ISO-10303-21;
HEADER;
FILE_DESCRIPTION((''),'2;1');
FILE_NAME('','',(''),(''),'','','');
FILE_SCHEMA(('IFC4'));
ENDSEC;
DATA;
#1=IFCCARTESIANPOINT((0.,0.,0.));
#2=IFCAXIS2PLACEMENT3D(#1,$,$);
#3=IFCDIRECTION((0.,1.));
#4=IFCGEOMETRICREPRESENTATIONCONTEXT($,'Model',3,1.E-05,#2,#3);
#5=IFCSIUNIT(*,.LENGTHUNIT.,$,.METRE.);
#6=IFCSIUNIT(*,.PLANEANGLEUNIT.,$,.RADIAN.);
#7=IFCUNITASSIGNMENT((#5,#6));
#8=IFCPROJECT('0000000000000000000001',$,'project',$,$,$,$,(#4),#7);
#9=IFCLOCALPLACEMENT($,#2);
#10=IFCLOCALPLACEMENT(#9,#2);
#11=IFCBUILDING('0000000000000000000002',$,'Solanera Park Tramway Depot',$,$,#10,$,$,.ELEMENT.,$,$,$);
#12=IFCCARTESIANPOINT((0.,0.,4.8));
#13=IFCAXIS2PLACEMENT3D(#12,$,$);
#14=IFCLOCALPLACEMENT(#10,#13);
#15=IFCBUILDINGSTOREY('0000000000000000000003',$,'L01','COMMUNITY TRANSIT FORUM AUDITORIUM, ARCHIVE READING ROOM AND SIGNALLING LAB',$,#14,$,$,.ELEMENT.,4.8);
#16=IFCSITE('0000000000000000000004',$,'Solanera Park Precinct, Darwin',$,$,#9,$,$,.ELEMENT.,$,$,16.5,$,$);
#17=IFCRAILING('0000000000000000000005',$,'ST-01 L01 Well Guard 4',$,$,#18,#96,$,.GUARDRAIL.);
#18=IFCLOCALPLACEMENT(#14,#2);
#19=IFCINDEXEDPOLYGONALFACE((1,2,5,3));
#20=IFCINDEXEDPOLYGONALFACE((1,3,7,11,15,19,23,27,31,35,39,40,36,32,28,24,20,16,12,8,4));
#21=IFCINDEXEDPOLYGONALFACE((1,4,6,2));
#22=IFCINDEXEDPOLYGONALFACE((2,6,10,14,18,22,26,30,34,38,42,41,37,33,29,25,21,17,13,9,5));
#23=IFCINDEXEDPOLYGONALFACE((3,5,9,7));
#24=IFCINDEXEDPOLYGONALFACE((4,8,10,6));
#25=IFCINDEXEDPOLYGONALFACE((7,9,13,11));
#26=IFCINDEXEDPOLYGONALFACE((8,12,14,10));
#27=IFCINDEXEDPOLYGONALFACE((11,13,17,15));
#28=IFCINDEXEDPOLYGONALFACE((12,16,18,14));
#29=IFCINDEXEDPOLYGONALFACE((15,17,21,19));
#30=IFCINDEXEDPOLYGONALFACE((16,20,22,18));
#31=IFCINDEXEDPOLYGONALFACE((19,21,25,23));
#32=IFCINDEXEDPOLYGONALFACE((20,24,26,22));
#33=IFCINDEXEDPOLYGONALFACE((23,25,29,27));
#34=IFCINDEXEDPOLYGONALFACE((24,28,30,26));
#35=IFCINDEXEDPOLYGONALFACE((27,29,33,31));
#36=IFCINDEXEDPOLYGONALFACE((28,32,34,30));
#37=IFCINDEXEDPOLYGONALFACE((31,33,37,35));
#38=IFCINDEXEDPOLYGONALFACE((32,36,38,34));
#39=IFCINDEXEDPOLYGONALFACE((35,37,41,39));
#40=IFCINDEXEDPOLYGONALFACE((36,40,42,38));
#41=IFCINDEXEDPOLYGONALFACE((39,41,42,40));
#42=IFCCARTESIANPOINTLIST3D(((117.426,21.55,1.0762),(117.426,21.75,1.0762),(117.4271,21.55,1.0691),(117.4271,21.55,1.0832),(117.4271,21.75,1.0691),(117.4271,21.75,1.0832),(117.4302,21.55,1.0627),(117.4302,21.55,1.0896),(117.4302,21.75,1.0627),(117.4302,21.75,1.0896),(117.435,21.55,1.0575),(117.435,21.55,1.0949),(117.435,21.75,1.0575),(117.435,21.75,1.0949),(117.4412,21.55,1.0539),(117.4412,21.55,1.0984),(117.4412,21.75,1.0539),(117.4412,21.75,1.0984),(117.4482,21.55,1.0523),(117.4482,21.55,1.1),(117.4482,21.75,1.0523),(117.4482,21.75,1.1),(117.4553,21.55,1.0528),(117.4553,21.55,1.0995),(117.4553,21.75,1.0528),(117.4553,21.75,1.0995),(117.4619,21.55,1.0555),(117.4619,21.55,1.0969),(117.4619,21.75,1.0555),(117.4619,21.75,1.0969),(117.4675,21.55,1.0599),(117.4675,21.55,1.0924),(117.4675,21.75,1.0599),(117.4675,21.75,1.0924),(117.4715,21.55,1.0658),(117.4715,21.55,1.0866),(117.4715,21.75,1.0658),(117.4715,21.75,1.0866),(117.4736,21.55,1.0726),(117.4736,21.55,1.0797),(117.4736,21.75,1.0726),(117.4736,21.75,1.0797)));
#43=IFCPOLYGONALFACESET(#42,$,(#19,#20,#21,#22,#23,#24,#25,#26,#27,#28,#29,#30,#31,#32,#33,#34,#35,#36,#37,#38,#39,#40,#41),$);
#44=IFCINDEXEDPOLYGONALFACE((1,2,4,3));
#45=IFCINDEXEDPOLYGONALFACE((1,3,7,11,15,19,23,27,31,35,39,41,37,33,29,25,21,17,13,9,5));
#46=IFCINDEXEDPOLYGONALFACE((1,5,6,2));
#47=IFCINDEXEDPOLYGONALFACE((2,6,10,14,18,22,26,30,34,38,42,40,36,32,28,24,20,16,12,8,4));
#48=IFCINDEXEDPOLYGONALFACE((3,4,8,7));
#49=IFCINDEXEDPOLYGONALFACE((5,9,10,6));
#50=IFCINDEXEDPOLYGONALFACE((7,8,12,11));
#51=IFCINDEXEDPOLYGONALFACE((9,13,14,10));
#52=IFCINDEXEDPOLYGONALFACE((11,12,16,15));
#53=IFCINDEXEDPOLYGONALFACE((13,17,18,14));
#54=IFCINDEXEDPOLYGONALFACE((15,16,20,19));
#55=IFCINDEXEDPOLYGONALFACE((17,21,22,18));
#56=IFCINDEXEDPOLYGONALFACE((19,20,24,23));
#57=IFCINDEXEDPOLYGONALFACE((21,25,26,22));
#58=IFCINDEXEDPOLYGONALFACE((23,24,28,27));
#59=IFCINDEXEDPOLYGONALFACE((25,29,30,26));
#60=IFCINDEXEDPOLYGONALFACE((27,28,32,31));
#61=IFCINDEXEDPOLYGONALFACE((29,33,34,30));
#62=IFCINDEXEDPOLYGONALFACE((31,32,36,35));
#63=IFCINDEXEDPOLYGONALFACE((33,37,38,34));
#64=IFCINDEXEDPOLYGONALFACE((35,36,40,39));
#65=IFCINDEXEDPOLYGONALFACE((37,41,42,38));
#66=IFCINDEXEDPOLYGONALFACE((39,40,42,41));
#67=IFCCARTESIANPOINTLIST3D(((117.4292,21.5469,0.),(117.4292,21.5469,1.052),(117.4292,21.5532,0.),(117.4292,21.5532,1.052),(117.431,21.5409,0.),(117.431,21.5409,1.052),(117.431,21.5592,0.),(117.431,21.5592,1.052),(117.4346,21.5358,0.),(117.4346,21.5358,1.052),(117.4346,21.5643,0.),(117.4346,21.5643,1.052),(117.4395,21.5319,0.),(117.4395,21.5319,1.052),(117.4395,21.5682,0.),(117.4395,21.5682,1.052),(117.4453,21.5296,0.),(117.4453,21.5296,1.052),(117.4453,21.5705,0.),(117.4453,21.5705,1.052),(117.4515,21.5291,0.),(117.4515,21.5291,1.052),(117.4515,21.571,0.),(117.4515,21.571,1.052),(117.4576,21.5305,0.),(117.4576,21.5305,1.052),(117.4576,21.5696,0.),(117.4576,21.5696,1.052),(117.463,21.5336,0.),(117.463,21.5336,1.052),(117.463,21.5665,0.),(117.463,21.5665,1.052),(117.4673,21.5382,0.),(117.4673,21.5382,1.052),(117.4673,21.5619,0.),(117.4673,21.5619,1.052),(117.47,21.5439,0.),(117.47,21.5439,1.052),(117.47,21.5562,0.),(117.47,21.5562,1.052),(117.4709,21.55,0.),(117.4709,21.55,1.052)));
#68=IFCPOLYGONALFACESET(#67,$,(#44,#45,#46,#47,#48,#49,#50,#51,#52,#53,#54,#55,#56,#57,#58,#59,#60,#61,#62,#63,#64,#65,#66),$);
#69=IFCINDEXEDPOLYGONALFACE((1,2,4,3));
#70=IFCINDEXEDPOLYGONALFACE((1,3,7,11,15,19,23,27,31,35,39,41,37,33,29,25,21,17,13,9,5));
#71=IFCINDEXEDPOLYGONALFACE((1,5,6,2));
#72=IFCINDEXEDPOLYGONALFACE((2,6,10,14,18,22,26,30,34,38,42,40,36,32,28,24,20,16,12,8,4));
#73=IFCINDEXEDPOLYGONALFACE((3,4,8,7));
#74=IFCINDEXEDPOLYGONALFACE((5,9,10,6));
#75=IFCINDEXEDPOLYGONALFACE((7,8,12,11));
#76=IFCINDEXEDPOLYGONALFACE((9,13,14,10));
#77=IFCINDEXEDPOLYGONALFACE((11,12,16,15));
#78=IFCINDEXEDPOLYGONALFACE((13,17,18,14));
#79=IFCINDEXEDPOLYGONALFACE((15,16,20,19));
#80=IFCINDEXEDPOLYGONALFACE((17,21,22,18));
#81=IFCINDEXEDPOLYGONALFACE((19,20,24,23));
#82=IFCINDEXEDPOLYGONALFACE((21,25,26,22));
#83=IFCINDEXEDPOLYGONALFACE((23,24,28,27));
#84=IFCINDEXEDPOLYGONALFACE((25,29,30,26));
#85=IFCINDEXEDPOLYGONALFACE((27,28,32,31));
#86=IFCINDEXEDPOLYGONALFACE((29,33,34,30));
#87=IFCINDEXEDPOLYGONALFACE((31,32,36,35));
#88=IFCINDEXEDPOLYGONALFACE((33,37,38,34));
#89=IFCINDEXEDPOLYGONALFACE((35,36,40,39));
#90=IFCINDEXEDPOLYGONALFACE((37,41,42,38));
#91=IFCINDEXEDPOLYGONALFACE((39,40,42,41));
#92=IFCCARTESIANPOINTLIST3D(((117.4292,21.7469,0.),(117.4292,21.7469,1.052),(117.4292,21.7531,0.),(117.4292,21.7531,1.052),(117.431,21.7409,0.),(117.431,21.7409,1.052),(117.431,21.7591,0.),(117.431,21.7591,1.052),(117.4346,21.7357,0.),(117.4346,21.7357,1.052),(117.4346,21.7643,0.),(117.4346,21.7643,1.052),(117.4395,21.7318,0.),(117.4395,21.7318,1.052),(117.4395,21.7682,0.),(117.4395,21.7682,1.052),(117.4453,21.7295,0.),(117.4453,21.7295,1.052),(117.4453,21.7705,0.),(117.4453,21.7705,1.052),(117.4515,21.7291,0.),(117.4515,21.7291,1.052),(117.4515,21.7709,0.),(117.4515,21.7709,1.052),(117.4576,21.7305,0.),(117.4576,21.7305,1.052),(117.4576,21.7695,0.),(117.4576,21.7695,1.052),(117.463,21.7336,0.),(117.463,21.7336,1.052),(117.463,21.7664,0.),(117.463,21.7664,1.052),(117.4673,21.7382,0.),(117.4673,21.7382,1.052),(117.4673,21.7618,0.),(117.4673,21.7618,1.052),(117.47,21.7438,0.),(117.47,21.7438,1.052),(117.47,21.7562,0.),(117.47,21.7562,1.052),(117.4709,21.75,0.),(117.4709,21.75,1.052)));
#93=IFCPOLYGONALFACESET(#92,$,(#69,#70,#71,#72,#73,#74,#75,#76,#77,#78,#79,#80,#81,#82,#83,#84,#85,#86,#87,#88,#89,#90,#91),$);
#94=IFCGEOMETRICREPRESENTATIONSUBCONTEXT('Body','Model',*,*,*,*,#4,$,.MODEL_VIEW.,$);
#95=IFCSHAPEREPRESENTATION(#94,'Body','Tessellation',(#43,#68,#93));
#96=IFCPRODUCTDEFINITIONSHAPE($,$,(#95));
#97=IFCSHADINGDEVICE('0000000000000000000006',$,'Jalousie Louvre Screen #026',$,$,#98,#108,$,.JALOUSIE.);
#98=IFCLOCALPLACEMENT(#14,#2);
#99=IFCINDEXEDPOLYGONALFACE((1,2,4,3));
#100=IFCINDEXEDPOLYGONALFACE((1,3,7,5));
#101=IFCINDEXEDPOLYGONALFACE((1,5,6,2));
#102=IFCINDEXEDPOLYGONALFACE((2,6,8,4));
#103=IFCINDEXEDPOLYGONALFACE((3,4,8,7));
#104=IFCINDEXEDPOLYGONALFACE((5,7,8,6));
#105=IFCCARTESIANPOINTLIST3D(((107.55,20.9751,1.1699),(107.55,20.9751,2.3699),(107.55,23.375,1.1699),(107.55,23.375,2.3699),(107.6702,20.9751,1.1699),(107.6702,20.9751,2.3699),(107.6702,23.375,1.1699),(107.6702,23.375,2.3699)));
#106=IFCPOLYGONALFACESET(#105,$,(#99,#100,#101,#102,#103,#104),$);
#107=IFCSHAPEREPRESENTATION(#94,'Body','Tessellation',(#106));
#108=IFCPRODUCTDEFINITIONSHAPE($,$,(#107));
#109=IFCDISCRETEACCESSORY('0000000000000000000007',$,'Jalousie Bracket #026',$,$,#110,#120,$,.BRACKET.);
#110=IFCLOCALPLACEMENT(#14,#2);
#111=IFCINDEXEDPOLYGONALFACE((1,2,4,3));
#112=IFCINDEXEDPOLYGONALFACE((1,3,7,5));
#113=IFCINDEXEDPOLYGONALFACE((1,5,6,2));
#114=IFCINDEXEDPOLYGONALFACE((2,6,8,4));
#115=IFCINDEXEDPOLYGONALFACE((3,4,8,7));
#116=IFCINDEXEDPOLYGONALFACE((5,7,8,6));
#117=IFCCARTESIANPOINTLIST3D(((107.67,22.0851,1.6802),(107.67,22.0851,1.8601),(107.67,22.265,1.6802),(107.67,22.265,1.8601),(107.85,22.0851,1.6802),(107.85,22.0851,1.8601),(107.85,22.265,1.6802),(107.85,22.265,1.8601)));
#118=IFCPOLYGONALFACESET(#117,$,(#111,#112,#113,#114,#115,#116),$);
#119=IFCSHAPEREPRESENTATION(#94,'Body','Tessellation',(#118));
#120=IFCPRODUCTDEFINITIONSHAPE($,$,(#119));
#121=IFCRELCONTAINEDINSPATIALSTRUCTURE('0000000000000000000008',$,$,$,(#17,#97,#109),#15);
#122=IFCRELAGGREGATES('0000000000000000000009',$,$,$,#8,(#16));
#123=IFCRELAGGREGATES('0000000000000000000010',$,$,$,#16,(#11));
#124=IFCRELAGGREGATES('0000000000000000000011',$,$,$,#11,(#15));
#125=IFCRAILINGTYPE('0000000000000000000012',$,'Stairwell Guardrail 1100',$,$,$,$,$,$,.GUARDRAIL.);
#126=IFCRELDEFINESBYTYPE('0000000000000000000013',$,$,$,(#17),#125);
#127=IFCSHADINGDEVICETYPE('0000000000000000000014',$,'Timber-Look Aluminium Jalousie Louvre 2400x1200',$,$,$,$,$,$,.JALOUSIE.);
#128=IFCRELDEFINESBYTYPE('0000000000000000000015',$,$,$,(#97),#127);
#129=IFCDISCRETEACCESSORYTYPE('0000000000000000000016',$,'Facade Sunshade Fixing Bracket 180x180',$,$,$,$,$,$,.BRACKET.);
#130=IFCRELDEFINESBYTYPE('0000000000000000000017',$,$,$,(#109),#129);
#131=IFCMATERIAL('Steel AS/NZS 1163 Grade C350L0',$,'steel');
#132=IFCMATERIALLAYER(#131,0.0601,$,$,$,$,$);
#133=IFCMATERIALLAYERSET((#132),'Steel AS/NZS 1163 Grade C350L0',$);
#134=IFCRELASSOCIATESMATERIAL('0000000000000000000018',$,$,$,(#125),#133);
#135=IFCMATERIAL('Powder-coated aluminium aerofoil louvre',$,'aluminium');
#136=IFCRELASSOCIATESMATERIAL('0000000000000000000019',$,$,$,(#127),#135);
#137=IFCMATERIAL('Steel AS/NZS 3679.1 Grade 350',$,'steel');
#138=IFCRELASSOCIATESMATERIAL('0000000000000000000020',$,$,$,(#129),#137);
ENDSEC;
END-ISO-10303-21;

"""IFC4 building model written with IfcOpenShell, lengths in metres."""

from ifc_helpers import new_model, si_unit, direction, frame, origin, origin_2d, place, context, subcontext, project, spatial, rectangle, circle, extrude, material, layer, layer_set, type_object, element, save


model = new_model("IFC4")

# Units and contexts
model_context = context("Model", 3, precision=1e-05, world=origin(), true_north=direction((0.0, 1.0)))
body_context = subcontext(model_context, "Body", "Model", "MODEL_VIEW")
ifc_project = project(units=[si_unit("LENGTHUNIT", "METRE"), si_unit("PLANEANGLEUNIT", "RADIAN")], contexts=[model_context])

# Site, building, storey
site_placement = place(None, origin())
site = spatial("IfcSite", under=ifc_project, at=site_placement, Name="Solanera Park Precinct, Darwin", CompositionType="ELEMENT", RefElevation=16.5)
building_placement = place(site_placement, origin())
building = spatial("IfcBuilding", under=site, at=building_placement, Name="Solanera Park Tramway Depot", CompositionType="ELEMENT")
storey_placement = place(building_placement, frame((0.0, 0.0, 4.8)))
storey = spatial("IfcBuildingStorey", under=building, at=storey_placement, Name="L01", Description="COMMUNITY TRANSIT FORUM AUDITORIUM, ARCHIVE READING ROOM AND SIGNALLING LAB", CompositionType="ELEMENT", Elevation=4.8)

# Railing
ifc_material_1 = material(Name="Steel AS/NZS 1163 Grade C350L0", Category="steel")
ifc_layer_1 = layer(ifc_material_1, 0.0601)
ifc_layer_set_1 = layer_set([ifc_layer_1], Name="Steel AS/NZS 1163 Grade C350L0")
railing_type_1 = type_object("IfcRailingType", Name="Stairwell Guardrail 1100", PredefinedType="GUARDRAIL", material=ifc_layer_set_1)
railing_1_placement = place(storey_placement, frame((117.45, 21.55, 0.0)))
element("IfcRailing", 1, at=railing_1_placement, inside=storey, type_object=railing_type_1, Name="ST-01 L01 Well Guard 4", PredefinedType="GUARDRAIL", context=body_context, shape_type="SweptSolid", body=[
    extrude(circle(Radius=0.0239, at=origin_2d()), frame((0.0, 0.0, 1.0762), z_axis=(0.0, 1.0, 0.0), x_axis=(-1.0, 0.0, 0.0)), (0.0, 0.0, 1.0), 0.2),
    extrude(circle(Radius=0.021, at=origin_2d()), origin(), (0.0, 0.0, 1.0), 1.052),
    extrude(circle(Radius=0.021, at=origin_2d()), frame((0.0, 0.2, 0.0)), (0.0, 0.0, 1.0), 1.052),
])

# Shading device
ifc_material_2 = material(Name="Powder-coated aluminium aerofoil louvre", Category="aluminium")
shading_device_type = type_object("IfcShadingDeviceType", Name="Timber-Look Aluminium Jalousie Louvre 2400x1200", PredefinedType="JALOUSIE", material=ifc_material_2)
shading_device_placement = place(storey_placement, frame((107.6101, 22.175, 1.1699), z_axis=(0.0, 0.0, 1.0), x_axis=(0.0, -1.0, 0.0)))
element("IfcShadingDevice", 2, at=shading_device_placement, inside=storey, type_object=shading_device_type, Name="Jalousie Louvre Screen #026", PredefinedType="JALOUSIE", context=body_context, shape_type="SweptSolid", body=[
    extrude(rectangle(XDim=2.3999, YDim=0.1201, at=origin_2d()), origin(), (0.0, 0.0, 1.0), 1.2),
])

# Discrete accessory
ifc_material_3 = material(Name="Steel AS/NZS 3679.1 Grade 350", Category="steel")
discrete_accessory_type = type_object("IfcDiscreteAccessoryType", Name="Facade Sunshade Fixing Bracket 180x180", PredefinedType="BRACKET", material=ifc_material_3)
discrete_accessory_placement = place(storey_placement, frame((107.76, 22.175, 1.6802), z_axis=(0.0, 0.0, 1.0), x_axis=(0.0, -1.0, 0.0)))
element("IfcDiscreteAccessory", 3, at=discrete_accessory_placement, inside=storey, type_object=discrete_accessory_type, Name="Jalousie Bracket #026", PredefinedType="BRACKET", context=body_context, shape_type="SweptSolid", body=[
    extrude(rectangle(XDim=0.1799, YDim=0.1799, at=origin_2d()), origin(), (0.0, 0.0, 1.0), 0.1799),
])

save(model, "model.ifc")
